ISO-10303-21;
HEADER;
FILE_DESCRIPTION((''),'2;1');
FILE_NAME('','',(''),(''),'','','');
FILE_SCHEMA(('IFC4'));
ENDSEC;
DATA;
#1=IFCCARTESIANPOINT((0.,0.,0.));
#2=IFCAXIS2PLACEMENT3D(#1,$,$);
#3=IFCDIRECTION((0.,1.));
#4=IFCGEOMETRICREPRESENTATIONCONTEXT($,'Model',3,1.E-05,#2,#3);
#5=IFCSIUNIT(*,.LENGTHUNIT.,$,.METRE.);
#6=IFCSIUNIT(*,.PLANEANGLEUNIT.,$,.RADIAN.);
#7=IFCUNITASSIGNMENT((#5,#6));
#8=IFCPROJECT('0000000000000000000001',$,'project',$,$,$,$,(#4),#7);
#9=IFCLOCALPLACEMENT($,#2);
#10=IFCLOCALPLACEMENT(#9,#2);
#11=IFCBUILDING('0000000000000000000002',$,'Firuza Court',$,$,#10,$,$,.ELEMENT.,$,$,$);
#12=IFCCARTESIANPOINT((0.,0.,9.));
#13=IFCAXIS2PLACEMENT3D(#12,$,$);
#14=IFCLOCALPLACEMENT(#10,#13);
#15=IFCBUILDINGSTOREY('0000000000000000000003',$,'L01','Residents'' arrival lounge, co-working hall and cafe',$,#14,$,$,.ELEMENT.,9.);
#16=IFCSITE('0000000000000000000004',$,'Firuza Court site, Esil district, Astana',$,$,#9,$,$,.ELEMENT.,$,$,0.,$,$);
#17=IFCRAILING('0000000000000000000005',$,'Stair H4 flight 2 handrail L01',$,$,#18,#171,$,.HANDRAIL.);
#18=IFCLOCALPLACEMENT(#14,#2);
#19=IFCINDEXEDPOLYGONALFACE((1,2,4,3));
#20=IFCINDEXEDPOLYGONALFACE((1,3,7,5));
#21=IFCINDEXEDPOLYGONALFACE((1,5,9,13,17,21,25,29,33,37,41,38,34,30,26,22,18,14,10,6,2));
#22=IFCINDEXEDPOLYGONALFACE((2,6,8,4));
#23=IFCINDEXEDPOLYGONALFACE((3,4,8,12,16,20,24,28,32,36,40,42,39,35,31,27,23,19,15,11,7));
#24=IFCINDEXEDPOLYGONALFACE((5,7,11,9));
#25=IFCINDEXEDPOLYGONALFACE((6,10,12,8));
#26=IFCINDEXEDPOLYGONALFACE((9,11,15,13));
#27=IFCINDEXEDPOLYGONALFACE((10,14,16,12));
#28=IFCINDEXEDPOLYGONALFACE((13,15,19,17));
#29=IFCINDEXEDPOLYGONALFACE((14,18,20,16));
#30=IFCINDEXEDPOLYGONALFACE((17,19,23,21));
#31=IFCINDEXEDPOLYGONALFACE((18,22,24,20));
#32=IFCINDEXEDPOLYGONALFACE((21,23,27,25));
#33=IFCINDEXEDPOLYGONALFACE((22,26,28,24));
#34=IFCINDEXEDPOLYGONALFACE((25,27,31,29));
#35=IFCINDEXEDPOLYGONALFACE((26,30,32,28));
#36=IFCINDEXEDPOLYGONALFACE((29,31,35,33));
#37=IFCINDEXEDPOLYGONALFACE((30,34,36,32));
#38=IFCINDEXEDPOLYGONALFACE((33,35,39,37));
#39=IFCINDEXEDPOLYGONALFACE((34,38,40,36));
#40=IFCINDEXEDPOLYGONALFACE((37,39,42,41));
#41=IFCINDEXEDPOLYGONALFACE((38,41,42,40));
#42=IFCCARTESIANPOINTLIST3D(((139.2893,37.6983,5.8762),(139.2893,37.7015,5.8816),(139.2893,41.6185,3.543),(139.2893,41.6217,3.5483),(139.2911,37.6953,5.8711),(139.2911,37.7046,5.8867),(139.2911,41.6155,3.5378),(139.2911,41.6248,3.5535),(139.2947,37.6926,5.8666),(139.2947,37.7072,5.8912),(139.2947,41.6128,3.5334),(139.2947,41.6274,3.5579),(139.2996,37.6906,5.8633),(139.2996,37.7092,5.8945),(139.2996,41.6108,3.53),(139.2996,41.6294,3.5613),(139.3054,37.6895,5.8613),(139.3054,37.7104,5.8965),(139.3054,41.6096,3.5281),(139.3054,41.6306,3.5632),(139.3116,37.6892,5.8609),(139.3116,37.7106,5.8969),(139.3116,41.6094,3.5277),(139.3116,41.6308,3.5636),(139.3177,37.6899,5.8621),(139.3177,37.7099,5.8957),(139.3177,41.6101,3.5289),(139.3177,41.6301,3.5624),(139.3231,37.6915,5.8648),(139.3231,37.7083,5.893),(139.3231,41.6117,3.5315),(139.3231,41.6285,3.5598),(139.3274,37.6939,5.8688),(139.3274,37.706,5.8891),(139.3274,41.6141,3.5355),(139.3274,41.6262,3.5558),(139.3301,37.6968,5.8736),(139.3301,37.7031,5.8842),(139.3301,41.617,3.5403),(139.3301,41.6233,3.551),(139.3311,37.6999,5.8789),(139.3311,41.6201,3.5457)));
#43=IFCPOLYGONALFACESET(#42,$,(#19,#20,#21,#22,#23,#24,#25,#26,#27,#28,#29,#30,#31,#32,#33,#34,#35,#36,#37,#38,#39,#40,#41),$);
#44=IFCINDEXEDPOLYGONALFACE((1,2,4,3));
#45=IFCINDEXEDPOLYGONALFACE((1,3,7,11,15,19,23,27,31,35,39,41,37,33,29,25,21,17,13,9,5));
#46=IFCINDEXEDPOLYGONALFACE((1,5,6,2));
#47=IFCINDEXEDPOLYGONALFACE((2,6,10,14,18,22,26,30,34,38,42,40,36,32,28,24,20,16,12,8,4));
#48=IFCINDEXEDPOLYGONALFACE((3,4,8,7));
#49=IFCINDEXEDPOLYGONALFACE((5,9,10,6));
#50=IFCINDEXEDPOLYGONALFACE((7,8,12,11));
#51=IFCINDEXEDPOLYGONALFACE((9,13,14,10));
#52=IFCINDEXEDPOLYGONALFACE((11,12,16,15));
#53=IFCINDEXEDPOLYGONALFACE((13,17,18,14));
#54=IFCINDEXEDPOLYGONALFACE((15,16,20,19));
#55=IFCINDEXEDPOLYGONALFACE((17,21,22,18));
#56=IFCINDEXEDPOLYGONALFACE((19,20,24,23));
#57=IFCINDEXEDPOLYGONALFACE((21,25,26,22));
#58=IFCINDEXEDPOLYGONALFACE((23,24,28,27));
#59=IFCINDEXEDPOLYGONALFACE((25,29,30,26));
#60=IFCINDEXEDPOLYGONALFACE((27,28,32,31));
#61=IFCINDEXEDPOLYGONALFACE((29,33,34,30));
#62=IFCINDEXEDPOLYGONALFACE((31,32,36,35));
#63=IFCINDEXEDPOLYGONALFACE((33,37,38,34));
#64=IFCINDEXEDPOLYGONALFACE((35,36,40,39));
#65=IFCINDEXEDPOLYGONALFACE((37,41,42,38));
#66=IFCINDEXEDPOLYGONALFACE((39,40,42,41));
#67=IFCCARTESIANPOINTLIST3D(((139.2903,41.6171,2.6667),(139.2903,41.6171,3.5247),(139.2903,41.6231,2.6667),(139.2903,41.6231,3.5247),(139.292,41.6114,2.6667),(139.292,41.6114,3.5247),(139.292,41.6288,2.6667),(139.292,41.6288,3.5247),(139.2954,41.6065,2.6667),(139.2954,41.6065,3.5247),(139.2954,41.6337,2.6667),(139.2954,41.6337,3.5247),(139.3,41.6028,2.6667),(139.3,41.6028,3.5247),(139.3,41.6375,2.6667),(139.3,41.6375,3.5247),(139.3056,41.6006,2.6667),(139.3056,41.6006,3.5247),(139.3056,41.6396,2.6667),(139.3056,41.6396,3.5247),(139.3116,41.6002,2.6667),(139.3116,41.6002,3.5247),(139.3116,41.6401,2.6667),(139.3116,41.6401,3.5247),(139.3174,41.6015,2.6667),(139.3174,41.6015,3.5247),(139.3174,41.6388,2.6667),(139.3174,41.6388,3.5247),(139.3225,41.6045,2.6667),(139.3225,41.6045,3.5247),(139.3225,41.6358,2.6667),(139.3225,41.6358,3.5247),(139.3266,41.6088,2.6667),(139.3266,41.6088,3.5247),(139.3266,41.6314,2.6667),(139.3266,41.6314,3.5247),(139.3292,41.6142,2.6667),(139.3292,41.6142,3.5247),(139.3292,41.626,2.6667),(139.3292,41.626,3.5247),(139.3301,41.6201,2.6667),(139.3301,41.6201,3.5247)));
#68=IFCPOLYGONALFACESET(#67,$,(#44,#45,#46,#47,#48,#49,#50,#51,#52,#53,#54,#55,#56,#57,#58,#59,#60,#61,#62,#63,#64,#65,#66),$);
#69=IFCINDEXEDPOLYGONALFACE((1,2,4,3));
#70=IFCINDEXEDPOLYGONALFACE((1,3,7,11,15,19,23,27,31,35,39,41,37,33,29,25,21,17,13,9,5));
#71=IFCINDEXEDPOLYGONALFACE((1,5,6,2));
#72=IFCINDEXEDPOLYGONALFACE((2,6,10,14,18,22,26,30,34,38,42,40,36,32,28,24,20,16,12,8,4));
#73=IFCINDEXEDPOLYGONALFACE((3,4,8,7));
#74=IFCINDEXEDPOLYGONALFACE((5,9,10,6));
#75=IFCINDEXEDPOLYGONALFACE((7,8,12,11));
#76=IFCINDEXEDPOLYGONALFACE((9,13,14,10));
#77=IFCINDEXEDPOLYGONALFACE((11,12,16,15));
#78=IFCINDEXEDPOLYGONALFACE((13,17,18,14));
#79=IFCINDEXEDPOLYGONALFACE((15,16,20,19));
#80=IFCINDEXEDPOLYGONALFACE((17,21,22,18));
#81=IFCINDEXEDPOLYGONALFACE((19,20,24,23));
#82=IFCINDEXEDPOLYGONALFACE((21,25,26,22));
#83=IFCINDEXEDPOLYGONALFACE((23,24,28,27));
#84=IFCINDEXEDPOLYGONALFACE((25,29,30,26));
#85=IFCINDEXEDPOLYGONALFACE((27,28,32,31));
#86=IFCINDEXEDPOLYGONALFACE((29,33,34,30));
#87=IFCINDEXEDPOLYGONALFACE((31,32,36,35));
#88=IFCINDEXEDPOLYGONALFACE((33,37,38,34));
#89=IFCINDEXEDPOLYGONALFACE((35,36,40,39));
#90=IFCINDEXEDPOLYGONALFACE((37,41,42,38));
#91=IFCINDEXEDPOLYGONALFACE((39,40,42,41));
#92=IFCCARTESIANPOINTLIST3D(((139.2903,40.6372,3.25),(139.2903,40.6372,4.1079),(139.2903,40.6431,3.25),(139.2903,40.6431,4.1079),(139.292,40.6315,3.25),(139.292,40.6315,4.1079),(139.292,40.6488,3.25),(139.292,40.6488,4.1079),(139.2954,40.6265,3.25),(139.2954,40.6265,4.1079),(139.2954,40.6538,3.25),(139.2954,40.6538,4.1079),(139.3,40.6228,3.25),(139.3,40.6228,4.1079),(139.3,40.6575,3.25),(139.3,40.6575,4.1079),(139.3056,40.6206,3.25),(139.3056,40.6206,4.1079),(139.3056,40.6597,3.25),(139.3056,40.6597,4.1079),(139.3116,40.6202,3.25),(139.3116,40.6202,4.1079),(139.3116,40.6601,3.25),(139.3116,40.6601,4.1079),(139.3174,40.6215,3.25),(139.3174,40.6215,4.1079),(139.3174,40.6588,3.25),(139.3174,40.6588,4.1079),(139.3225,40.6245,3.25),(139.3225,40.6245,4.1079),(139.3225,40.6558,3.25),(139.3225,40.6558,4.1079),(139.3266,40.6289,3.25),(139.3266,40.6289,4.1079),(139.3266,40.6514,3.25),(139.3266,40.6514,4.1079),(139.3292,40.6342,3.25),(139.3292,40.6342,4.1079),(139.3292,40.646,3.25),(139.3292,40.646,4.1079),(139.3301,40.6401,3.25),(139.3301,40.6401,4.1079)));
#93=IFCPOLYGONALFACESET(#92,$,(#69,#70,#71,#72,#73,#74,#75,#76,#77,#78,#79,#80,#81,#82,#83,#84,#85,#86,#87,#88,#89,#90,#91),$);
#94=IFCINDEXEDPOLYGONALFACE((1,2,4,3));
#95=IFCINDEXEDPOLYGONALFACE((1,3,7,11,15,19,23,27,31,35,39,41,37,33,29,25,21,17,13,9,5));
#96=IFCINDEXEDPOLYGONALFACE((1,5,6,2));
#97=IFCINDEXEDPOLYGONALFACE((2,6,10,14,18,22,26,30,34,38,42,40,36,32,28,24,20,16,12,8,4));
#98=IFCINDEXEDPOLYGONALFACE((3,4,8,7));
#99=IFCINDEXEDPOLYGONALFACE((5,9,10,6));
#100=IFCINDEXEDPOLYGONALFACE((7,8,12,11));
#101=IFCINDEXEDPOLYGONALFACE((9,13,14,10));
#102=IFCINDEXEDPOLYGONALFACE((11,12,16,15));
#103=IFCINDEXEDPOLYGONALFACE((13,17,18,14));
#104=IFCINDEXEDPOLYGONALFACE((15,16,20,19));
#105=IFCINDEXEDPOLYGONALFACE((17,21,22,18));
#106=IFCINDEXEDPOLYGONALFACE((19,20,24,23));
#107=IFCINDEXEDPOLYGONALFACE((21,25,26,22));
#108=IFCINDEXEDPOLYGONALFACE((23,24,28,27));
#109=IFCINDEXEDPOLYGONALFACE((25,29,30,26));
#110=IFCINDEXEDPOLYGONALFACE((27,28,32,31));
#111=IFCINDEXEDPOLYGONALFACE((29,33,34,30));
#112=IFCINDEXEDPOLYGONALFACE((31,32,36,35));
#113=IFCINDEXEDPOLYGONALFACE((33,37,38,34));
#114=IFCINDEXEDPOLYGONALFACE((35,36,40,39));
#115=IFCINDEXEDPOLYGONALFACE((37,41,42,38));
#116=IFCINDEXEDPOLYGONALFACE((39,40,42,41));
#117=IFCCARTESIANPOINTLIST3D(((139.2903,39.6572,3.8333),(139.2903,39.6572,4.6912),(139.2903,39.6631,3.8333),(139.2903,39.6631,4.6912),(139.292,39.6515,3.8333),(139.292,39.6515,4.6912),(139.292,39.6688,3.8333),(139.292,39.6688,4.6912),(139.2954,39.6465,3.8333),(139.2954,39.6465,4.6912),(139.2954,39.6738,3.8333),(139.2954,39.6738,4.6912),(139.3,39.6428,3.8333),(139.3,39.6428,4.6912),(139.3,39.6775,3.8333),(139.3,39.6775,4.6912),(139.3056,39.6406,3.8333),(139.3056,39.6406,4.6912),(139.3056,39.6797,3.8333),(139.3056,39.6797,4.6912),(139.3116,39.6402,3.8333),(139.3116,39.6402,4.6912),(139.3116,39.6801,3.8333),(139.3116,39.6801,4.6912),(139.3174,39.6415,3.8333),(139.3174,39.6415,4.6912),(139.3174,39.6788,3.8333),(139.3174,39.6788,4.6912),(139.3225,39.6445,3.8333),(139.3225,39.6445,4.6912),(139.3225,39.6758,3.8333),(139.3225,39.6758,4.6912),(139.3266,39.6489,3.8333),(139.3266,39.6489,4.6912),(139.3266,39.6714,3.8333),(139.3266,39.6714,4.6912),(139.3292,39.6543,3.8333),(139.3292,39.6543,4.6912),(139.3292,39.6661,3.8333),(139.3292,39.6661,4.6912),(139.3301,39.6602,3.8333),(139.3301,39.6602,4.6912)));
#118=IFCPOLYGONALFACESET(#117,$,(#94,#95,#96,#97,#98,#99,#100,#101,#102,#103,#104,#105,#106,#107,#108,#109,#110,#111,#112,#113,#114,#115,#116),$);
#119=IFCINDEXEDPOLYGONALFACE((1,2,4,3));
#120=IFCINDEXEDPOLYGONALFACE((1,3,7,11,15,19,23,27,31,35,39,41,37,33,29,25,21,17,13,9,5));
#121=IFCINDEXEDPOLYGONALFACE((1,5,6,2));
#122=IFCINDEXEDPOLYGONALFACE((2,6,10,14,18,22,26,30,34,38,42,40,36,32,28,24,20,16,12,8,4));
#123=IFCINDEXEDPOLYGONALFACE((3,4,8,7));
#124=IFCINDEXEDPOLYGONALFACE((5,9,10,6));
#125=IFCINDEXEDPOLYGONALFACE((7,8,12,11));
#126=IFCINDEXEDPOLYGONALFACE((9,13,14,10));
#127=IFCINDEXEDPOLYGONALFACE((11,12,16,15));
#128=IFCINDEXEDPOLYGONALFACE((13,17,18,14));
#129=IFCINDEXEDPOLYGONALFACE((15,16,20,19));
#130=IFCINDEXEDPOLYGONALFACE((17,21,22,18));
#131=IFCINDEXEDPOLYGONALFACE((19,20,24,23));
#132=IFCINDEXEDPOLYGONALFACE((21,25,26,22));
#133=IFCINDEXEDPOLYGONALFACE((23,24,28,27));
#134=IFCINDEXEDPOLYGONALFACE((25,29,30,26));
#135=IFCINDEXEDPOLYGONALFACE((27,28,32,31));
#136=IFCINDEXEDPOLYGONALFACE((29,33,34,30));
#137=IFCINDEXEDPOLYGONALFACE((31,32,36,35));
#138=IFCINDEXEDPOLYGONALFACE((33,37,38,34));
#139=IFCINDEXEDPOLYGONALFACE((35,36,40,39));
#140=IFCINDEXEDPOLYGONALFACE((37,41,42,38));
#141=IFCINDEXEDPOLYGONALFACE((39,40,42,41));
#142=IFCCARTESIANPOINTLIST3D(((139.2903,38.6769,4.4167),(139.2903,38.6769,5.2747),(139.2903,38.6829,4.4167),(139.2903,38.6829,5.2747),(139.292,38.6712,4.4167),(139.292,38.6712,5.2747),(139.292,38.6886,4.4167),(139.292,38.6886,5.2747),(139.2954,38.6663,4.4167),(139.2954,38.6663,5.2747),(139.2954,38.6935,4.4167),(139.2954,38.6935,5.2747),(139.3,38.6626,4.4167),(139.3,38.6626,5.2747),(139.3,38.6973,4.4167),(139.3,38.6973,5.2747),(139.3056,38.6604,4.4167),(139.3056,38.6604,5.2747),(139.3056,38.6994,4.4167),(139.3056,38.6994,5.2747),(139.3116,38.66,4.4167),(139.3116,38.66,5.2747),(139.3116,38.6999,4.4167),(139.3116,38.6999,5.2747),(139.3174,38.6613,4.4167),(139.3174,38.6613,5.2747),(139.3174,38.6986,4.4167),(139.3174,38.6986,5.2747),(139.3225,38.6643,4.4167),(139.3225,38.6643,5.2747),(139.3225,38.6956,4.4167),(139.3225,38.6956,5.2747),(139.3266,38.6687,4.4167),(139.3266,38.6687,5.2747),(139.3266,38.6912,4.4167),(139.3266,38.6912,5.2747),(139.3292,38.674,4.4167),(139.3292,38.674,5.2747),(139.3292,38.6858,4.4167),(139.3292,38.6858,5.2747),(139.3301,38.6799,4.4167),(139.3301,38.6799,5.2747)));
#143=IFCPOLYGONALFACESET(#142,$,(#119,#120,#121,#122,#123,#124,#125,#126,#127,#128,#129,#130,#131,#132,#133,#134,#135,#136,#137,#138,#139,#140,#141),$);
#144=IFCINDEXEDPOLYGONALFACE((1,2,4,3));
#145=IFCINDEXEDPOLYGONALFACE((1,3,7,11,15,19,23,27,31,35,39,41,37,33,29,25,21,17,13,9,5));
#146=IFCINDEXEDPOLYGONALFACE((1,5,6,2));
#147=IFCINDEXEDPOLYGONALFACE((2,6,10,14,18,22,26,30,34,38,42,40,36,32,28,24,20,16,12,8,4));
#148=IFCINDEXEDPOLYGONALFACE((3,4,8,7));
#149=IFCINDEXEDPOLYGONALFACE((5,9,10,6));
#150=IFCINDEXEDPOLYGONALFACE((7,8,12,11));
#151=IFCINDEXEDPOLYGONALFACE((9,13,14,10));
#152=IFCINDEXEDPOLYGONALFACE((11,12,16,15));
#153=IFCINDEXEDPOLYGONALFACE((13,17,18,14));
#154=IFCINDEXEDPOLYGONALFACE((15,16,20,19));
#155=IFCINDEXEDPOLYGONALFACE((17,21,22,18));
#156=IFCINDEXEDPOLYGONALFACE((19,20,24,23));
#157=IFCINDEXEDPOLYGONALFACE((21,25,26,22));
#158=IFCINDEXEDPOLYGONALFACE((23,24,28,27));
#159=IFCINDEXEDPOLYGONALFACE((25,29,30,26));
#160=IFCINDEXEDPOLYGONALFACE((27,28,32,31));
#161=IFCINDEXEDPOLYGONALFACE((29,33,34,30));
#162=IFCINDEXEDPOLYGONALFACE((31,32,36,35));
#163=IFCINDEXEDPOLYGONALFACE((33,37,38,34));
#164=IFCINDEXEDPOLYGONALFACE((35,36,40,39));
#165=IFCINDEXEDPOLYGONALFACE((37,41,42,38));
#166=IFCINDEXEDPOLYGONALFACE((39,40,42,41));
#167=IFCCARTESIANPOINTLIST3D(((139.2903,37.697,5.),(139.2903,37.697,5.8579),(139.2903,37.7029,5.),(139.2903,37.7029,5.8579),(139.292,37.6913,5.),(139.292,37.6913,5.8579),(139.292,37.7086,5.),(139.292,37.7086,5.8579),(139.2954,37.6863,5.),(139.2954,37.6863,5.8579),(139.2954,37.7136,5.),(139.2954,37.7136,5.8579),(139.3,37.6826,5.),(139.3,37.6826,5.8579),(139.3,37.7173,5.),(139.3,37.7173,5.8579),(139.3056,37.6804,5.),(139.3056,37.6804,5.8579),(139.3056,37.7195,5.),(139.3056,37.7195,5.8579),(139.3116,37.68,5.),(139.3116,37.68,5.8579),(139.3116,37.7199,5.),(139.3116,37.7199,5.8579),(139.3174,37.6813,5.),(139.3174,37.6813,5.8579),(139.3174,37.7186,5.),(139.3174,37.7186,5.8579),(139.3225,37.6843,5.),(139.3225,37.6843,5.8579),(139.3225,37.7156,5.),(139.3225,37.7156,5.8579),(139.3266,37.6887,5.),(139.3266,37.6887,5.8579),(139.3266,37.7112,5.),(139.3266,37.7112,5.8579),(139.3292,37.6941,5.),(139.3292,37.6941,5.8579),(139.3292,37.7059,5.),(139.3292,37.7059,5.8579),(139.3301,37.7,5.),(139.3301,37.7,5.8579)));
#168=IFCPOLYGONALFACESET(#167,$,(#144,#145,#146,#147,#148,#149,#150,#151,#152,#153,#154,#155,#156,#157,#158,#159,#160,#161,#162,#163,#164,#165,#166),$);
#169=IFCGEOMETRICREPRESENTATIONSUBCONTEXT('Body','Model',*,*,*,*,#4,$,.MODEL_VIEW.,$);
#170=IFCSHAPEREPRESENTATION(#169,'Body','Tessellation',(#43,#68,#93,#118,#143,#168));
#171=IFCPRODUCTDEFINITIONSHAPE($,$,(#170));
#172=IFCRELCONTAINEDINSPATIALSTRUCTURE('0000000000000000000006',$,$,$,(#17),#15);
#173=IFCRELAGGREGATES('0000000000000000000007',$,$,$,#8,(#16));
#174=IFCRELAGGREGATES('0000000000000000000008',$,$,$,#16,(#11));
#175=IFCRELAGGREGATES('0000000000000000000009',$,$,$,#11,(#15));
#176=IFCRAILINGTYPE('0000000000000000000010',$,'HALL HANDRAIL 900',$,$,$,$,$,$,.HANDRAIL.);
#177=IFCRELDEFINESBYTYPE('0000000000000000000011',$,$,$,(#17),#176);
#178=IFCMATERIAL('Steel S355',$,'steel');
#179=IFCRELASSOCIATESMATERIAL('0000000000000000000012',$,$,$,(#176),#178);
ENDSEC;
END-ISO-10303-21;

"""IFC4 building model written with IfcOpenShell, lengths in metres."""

from ifc_helpers import new_model, si_unit, direction, frame, origin, origin_2d, place, context, subcontext, project, spatial, circle, extrude, material, type_object, element, save


model = new_model("IFC4")

# Units and contexts
model_context = context("Model", 3, precision=1e-05, world=origin(), true_north=direction((0.0, 1.0)))
body_context = subcontext(model_context, "Body", "Model", "MODEL_VIEW")
ifc_project = project(units=[si_unit("LENGTHUNIT", "METRE"), si_unit("PLANEANGLEUNIT", "RADIAN")], contexts=[model_context])

# Site, building, storey
site_placement = place(None, origin())
site = spatial("IfcSite", under=ifc_project, at=site_placement, Name="Firuza Court site, Esil district, Astana", CompositionType="ELEMENT", RefElevation=0.0)
building_placement = place(site_placement, origin())
building = spatial("IfcBuilding", under=site, at=building_placement, Name="Firuza Court", CompositionType="ELEMENT")
storey_placement = place(building_placement, frame((0.0, 0.0, 9.0)))
storey = spatial("IfcBuildingStorey", under=building, at=storey_placement, Name="L01", Description="Residents' arrival lounge, co-working hall and cafe", CompositionType="ELEMENT", Elevation=9.0)

# Railing
ifc_material_1 = material(Name="Steel S355", Category="steel")
railing_type_1 = type_object("IfcRailingType", Name="HALL HANDRAIL 900", PredefinedType="HANDRAIL", material=ifc_material_1)
railing_1_placement = place(storey_placement, frame((139.3101, 41.6201, 2.6667)))
element("IfcRailing", 1, at=railing_1_placement, inside=storey, type_object=railing_type_1, Name="Stair H4 flight 2 handrail L01", PredefinedType="HANDRAIL", context=body_context, shape_type="SweptSolid", body=[
    extrude(circle(Radius=0.021, at=origin_2d()), frame((0.0, 0.0, 0.8789), z_axis=(0.0, -0.85931, 0.511455), x_axis=(1.0, 0.0, 0.0)), (0.0, 0.0, 1.0), 4.562),
    extrude(circle(Radius=0.02, at=origin_2d()), origin(), (0.0, 0.0, 1.0), 0.8579),
    extrude(circle(Radius=0.02, at=origin_2d()), frame((0.0, -0.98, 0.5833)), (0.0, 0.0, 1.0), 0.8579),
    extrude(circle(Radius=0.02, at=origin_2d()), frame((0.0, -1.96, 1.1665)), (0.0, 0.0, 1.0), 0.8579),
    extrude(circle(Radius=0.02, at=origin_2d()), frame((0.0, -2.9402, 1.75)), (0.0, 0.0, 1.0), 0.8579),
    extrude(circle(Radius=0.02, at=origin_2d()), frame((0.0, -3.9202, 2.3333)), (0.0, 0.0, 1.0), 0.8579),
])

save(model, "model.ifc")
